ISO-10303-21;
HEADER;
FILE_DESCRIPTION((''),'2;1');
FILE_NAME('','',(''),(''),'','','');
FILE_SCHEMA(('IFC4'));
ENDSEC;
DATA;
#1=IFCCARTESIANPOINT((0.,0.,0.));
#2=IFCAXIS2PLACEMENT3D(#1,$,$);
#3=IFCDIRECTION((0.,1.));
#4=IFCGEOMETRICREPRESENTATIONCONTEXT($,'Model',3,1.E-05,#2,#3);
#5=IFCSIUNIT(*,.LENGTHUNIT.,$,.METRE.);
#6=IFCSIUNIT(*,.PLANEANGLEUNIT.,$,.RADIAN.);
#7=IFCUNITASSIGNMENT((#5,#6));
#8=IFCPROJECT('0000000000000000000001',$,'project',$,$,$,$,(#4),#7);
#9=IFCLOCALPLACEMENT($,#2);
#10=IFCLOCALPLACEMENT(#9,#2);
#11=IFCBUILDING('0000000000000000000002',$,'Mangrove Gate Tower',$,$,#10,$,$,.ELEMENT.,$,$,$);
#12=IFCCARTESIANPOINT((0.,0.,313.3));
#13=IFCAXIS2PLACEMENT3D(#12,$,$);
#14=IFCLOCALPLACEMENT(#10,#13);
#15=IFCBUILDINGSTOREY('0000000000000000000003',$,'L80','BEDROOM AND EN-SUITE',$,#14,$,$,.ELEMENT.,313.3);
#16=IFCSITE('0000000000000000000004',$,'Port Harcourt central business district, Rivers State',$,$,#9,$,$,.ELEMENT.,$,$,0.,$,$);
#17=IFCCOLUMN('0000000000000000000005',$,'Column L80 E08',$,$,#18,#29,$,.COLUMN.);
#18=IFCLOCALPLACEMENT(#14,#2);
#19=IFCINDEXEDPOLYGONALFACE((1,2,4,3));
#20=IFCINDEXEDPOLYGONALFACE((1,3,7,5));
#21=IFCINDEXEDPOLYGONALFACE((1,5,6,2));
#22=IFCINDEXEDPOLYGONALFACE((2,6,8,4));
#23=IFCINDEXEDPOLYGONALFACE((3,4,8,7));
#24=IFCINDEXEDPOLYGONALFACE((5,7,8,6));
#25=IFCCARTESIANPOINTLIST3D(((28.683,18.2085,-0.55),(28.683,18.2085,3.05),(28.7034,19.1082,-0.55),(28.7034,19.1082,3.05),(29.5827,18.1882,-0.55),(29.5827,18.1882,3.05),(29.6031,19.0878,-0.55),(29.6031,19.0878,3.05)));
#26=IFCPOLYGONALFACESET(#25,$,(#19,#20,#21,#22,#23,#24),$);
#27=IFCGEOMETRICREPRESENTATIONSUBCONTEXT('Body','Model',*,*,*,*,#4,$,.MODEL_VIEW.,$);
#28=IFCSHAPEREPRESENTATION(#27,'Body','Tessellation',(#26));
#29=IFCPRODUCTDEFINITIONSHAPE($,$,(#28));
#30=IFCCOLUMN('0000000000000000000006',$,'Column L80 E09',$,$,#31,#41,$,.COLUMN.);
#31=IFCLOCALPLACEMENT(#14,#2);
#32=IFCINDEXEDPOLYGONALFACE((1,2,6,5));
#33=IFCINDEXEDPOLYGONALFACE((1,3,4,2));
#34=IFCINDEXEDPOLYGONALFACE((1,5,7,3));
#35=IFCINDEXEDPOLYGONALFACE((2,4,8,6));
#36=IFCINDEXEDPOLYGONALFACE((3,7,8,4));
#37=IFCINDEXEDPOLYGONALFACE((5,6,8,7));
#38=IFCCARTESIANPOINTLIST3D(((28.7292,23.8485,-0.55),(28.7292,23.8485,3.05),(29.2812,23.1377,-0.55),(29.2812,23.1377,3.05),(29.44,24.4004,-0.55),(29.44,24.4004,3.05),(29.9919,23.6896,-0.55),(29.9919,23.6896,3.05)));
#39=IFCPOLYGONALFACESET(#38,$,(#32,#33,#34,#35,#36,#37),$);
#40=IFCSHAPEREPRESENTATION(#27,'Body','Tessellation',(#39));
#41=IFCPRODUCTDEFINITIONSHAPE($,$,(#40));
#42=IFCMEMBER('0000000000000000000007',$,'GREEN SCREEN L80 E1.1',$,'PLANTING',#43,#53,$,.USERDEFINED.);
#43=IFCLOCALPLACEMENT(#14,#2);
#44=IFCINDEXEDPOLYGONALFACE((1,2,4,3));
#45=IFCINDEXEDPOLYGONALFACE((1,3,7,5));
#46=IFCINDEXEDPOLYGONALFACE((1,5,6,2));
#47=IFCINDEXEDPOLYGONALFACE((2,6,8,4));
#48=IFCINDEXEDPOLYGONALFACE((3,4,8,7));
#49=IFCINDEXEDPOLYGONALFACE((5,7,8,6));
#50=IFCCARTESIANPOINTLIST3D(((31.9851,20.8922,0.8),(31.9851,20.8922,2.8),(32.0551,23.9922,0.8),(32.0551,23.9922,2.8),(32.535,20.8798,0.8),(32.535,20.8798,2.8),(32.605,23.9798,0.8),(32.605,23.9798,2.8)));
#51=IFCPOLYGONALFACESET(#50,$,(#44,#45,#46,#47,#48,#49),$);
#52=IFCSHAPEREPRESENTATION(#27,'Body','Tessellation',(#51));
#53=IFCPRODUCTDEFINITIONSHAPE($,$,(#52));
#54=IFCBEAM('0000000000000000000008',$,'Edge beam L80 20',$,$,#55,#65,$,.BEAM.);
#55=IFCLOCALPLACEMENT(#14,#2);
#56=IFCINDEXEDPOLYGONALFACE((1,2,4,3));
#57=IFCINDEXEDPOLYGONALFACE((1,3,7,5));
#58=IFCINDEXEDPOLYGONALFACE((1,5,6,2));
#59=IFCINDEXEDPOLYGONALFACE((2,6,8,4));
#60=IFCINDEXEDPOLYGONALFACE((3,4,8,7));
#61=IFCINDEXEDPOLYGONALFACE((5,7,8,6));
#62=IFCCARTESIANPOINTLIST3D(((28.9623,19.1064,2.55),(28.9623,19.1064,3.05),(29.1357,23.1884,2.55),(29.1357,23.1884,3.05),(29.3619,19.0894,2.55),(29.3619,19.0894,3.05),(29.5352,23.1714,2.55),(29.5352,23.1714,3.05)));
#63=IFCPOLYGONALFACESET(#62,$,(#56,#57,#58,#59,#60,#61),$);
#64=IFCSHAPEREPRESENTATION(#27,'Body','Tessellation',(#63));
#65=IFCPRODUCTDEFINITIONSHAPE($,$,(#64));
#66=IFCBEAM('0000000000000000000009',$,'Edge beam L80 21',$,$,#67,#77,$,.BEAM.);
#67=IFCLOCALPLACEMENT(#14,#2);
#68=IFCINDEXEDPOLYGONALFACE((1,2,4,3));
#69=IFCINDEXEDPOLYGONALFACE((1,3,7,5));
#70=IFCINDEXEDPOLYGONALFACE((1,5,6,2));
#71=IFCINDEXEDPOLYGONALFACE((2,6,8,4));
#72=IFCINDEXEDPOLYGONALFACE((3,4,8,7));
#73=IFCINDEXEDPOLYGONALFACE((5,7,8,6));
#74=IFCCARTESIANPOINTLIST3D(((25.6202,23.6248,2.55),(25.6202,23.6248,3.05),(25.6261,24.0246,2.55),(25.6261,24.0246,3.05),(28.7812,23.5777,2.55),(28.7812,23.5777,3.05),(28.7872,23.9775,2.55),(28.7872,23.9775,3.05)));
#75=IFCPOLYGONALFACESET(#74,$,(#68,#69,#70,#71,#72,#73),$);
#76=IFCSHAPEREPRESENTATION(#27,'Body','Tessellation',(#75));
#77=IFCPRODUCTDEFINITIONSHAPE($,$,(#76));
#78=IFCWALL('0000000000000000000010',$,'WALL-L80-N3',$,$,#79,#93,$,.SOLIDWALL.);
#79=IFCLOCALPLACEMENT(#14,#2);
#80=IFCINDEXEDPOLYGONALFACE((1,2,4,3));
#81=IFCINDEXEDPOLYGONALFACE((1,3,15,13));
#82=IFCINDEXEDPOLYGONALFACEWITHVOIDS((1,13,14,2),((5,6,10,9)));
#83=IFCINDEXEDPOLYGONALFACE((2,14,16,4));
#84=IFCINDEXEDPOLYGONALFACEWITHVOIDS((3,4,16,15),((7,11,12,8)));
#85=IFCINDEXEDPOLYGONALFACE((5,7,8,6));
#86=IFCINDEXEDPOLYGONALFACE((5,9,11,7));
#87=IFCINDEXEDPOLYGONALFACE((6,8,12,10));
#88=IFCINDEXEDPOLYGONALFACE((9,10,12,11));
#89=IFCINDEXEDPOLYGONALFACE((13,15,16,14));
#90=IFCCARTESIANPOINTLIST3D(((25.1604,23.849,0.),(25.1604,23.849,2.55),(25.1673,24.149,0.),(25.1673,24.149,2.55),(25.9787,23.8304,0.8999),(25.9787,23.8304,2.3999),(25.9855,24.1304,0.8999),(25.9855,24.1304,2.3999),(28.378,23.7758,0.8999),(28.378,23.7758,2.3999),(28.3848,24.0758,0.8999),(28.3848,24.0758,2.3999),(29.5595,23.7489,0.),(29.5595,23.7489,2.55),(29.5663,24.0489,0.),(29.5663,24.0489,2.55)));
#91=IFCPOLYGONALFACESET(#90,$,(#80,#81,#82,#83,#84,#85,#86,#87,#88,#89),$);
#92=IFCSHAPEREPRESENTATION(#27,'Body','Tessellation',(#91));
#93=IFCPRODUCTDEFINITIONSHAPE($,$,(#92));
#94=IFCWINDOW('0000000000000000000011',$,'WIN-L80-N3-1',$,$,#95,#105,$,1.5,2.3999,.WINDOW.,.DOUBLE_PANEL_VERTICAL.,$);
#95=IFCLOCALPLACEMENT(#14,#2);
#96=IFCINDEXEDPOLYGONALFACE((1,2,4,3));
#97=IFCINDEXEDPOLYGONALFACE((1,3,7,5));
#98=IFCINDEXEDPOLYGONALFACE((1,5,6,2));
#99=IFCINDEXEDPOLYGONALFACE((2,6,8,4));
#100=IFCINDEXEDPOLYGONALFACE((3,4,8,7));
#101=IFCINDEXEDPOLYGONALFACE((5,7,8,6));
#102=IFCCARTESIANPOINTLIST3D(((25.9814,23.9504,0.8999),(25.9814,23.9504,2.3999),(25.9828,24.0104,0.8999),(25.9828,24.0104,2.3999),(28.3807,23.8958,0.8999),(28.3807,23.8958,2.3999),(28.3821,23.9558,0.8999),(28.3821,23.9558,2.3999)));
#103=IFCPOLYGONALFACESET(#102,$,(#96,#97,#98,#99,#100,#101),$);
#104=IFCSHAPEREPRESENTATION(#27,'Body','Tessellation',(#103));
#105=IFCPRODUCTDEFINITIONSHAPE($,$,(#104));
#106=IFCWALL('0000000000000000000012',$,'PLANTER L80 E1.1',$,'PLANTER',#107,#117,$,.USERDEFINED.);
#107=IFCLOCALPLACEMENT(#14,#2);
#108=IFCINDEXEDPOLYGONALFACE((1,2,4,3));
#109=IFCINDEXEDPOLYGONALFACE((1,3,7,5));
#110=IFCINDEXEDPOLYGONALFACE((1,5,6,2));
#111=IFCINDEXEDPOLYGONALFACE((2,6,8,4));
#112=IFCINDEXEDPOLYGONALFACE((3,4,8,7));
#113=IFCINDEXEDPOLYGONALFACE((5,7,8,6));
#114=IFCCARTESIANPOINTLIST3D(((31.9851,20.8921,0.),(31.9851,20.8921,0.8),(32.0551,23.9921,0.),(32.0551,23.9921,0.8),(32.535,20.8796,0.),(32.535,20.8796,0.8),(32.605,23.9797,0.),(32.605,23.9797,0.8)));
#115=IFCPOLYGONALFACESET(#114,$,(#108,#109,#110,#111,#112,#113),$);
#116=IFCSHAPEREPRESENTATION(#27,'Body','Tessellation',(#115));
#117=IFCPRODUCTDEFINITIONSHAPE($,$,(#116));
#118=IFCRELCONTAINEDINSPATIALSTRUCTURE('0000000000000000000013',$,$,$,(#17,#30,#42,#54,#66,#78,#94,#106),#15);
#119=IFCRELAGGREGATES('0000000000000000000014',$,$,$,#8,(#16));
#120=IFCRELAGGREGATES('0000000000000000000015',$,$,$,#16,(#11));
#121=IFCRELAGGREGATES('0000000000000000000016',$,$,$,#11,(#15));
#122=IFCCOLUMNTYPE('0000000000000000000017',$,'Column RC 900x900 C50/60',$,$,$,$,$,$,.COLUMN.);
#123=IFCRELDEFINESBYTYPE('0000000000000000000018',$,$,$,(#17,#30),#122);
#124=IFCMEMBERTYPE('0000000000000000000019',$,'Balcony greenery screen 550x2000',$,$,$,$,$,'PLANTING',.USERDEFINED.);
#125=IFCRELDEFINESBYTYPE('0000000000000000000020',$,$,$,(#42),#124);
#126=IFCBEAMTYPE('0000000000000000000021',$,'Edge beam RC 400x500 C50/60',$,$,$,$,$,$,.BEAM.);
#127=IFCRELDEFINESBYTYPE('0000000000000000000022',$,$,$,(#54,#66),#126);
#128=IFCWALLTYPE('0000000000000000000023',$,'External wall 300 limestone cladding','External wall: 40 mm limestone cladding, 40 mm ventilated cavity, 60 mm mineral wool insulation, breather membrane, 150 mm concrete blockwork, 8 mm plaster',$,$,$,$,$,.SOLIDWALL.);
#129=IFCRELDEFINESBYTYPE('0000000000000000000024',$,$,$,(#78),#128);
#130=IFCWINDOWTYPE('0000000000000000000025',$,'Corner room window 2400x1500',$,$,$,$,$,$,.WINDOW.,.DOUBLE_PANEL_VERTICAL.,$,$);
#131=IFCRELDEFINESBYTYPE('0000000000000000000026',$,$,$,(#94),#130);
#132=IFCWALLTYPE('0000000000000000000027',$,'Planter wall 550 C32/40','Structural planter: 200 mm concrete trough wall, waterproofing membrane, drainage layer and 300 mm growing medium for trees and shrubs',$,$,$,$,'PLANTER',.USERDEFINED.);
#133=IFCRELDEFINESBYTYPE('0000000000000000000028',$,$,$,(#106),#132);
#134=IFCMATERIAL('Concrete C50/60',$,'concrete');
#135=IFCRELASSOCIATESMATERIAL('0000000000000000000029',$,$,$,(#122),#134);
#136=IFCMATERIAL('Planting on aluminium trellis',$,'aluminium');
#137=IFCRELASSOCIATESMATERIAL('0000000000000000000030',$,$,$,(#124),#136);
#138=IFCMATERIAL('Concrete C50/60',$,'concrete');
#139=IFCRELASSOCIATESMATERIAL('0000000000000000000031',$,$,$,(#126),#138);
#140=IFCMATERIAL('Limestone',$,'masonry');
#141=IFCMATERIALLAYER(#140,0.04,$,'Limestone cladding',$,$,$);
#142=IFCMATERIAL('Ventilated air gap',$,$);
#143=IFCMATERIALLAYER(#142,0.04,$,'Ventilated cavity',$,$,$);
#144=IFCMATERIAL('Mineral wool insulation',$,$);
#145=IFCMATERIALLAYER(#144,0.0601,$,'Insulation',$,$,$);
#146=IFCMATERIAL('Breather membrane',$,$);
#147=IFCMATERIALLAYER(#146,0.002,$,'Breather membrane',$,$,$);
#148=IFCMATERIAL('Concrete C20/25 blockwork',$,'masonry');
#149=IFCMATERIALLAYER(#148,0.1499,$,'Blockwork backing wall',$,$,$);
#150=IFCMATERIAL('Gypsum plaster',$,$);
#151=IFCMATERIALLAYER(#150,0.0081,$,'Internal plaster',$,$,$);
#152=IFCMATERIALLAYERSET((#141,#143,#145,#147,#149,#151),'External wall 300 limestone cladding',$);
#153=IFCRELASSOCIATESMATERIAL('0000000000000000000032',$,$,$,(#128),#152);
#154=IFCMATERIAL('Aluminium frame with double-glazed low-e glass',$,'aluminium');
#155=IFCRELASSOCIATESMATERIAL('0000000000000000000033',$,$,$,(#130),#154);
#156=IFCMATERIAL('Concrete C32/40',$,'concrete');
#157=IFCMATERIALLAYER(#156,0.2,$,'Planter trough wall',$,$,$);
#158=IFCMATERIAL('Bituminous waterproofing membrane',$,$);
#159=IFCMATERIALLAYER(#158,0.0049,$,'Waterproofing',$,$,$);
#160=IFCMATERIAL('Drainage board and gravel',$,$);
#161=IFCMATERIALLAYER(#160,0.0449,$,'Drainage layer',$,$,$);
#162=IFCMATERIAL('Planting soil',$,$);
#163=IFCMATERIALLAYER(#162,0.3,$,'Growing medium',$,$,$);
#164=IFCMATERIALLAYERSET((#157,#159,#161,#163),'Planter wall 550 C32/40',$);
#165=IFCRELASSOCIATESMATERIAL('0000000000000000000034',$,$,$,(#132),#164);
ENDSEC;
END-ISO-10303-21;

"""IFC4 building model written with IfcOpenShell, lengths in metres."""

from ifc_helpers import new_model, si_unit, direction, frame, frame_2d, origin, origin_2d, place, context, subcontext, project, spatial, rectangle, extrude, material, layer, layer_set, material_profile, profile_set, type_object, element, fill, save


model = new_model("IFC4")

# Units and contexts
model_context = context("Model", 3, precision=1e-05, world=origin(), true_north=direction((0.0, 1.0)))
body_context = subcontext(model_context, "Body", "Model", "MODEL_VIEW")
ifc_project = project(units=[si_unit("LENGTHUNIT", "METRE"), si_unit("PLANEANGLEUNIT", "RADIAN")], contexts=[model_context])

# Site, building, storey
site_placement = place(None, origin())
site = spatial("IfcSite", under=ifc_project, at=site_placement, Name="Port Harcourt central business district, Rivers State", CompositionType="ELEMENT", RefElevation=0.0)
building_placement = place(site_placement, origin())
building = spatial("IfcBuilding", under=site, at=building_placement, Name="Mangrove Gate Tower", CompositionType="ELEMENT")
storey_placement = place(building_placement, frame((0.0, 0.0, 313.3)))
storey = spatial("IfcBuildingStorey", under=building, at=storey_placement, Name="L80", Description="BEDROOM AND EN-SUITE", CompositionType="ELEMENT", Elevation=313.3)

# Columns
ifc_material_1 = material(Name="Concrete C50/60", Category="concrete")
ifc_material_profile_1 = material_profile(ifc_material_1, rectangle(XDim=0.8999, YDim=0.8999, at=origin_2d()))
ifc_profile_set_1 = profile_set([ifc_material_profile_1], Name="Concrete C50/60")
column_type = type_object("IfcColumnType", Name="Column RC 900x900 C50/60", PredefinedType="COLUMN", material=ifc_profile_set_1)
for number, where, z_axis, x_axis, name in (
    (1, (29.1431, 18.6482, -0.55), (0.0, 0.0, 1.0), (0.022652, 0.999743, 0.0), "Column L80 E08"),
    (2, (29.3606, 23.769, -0.55), (0.0, 0.0, 1.0), (-0.613295, 0.789854, 0.0), "Column L80 E09"),
):
    element("IfcColumn", number, at=place(storey_placement, frame(where, z_axis=z_axis, x_axis=x_axis)), inside=storey, type_object=column_type, Name=name, PredefinedType="COLUMN", context=body_context, shape_type="SweptSolid", body=[
        extrude(rectangle(XDim=0.8999, YDim=0.8999, at=origin_2d()), origin(), (0.0, 0.0, 1.0), 3.6001),
    ])

# Member
ifc_material_2 = material(Name="Planting on aluminium trellis", Category="aluminium")
ifc_material_profile_2 = material_profile(ifc_material_2, rectangle(XDim=0.55, YDim=2.0, at=origin_2d()))
ifc_profile_set_2 = profile_set([ifc_material_profile_2], Name="Planting on aluminium trellis")
member_type = type_object("IfcMemberType", Name="Balcony greenery screen 550x2000", ElementType="PLANTING", PredefinedType="USERDEFINED", material=ifc_profile_set_2)
member_placement = place(storey_placement, frame((32.26, 20.886, 1.8), z_axis=(0.022596, 0.999745, 0.0), x_axis=(-0.999745, 0.022596, 0.0)))
element("IfcMember", 3, at=member_placement, inside=storey, type_object=member_type, Name="GREEN SCREEN L80 E1.1", ObjectType="PLANTING", PredefinedType="USERDEFINED", context=body_context, shape_type="SweptSolid", body=[
    extrude(rectangle(XDim=0.55, YDim=2.0, at=origin_2d()), origin(), (0.0, 0.0, 1.0), 3.1008),
])

# Beams
ifc_material_3 = material(Name="Concrete C50/60", Category="concrete")
ifc_material_profile_3 = material_profile(ifc_material_3, rectangle(XDim=0.3999, YDim=0.5, at=origin_2d()))
ifc_profile_set_3 = profile_set([ifc_material_profile_3], Name="Concrete C50/60")
beam_type = type_object("IfcBeamType", Name="Edge beam RC 400x500 C50/60", PredefinedType="BEAM", material=ifc_profile_set_3)
beam_1_placement = place(storey_placement, frame((29.1621, 19.0979, 2.8), z_axis=(0.042426, 0.9991, 0.0), x_axis=(-0.9991, 0.042426, 0.0)))
element("IfcBeam", 4, at=beam_1_placement, inside=storey, type_object=beam_type, Name="Edge beam L80 20", PredefinedType="BEAM", context=body_context, shape_type="SweptSolid", body=[
    extrude(rectangle(XDim=0.3999, YDim=0.5, at=origin_2d()), origin(), (0.0, 0.0, 1.0), 4.0857),
])
beam_2_placement = place(storey_placement, frame((28.7842, 23.7776, 2.8), z_axis=(-0.999889, 0.014904, 0.0), x_axis=(-0.014904, -0.999889, 0.0)))
element("IfcBeam", 5, at=beam_2_placement, inside=storey, type_object=beam_type, Name="Edge beam L80 21", PredefinedType="BEAM", context=body_context, shape_type="SweptSolid", body=[
    extrude(rectangle(XDim=0.3999, YDim=0.5, at=origin_2d()), origin(), (0.0, 0.0, 1.0), 3.1614),
])

# Wall, opening, window
ifc_material_4 = material(Name="Limestone", Category="masonry")
ifc_layer_1 = layer(ifc_material_4, 0.04, Name="Limestone cladding")
ifc_material_5 = material(Name="Ventilated air gap")
ifc_layer_2 = layer(ifc_material_5, 0.04, Name="Ventilated cavity")
ifc_material_6 = material(Name="Mineral wool insulation")
ifc_layer_3 = layer(ifc_material_6, 0.0601, Name="Insulation")
ifc_material_7 = material(Name="Breather membrane")
ifc_layer_4 = layer(ifc_material_7, 0.002, Name="Breather membrane")
ifc_material_8 = material(Name="Concrete C20/25 blockwork", Category="masonry")
ifc_layer_5 = layer(ifc_material_8, 0.1499, Name="Blockwork backing wall")
ifc_material_9 = material(Name="Gypsum plaster")
ifc_layer_6 = layer(ifc_material_9, 0.0081, Name="Internal plaster")
ifc_layer_set_1 = layer_set([ifc_layer_1, ifc_layer_2, ifc_layer_3, ifc_layer_4, ifc_layer_5, ifc_layer_6], Name="External wall 300 limestone cladding")
wall_type_1 = type_object("IfcWallType", Name="External wall 300 limestone cladding", Description="External wall: 40 mm limestone cladding, 40 mm ventilated cavity, 60 mm mineral wool insulation, breather membrane, 150 mm concrete blockwork, 8 mm plaster", PredefinedType="SOLIDWALL", material=ifc_layer_set_1)
wall_1_placement = place(storey_placement, frame((29.563, 23.8989, 0.0), z_axis=(0.0, 0.0, 1.0), x_axis=(-0.999741, 0.022749, 0.0)))
wall_1 = element("IfcWall", 6, at=wall_1_placement, inside=storey, type_object=wall_type_1, Name="WALL-L80-N3", PredefinedType="SOLIDWALL", context=body_context, shape_type="SweptSolid", body=[
    extrude(rectangle(XDim=4.4001, YDim=0.3, at=frame_2d((2.2002, 0.0))), origin(), (0.0, 0.0, 1.0), 2.55),
])
opening_1_placement = place(wall_1_placement, frame((1.1819, 0.0, 0.8999)))
opening_1 = element("IfcOpeningElement", 7, at=opening_1_placement, cuts=wall_1, PredefinedType="OPENING", context=body_context, shape_type="SweptSolid", body=[
    extrude(rectangle(XDim=2.3999, YDim=1.5, at=frame_2d((1.2, 0.75))), frame((0.0, 0.1599, 0.0), z_axis=(0.0, -1.0, 0.0), x_axis=(1.0, 0.0, 0.0)), (0.0, 0.0, 1.0), 0.3201),
])
ifc_material_10 = material(Name="Aluminium frame with double-glazed low-e glass", Category="aluminium")
window_type = type_object("IfcWindowType", Name="Corner room window 2400x1500", PartitioningType="DOUBLE_PANEL_VERTICAL", PredefinedType="WINDOW", material=ifc_material_10)
window_1_placement = place(opening_1_placement, origin())
window_1 = element("IfcWindow", 8, at=window_1_placement, inside=storey, type_object=window_type, Name="WIN-L80-N3-1", OverallHeight=1.5, OverallWidth=2.3999, PartitioningType="DOUBLE_PANEL_VERTICAL", PredefinedType="WINDOW", context=body_context, shape_type="SweptSolid", body=[
    extrude(rectangle(XDim=2.3999, YDim=1.5, at=frame_2d((1.2, 0.75))), frame((0.0, 0.03, 0.0), z_axis=(0.0, -1.0, 0.0), x_axis=(1.0, 0.0, 0.0)), (0.0, 0.0, 1.0), 0.0601),
])
fill(opening_1, window_1)

# Wall
ifc_material_11 = material(Name="Concrete C32/40", Category="concrete")
ifc_layer_7 = layer(ifc_material_11, 0.2, Name="Planter trough wall")
ifc_material_12 = material(Name="Bituminous waterproofing membrane")
ifc_layer_8 = layer(ifc_material_12, 0.0049, Name="Waterproofing")
ifc_material_13 = material(Name="Drainage board and gravel")
ifc_layer_9 = layer(ifc_material_13, 0.0449, Name="Drainage layer")
ifc_material_14 = material(Name="Planting soil")
ifc_layer_10 = layer(ifc_material_14, 0.3, Name="Growing medium")
ifc_layer_set_2 = layer_set([ifc_layer_7, ifc_layer_8, ifc_layer_9, ifc_layer_10], Name="Planter wall 550 C32/40")
wall_type_2 = type_object("IfcWallType", Name="Planter wall 550 C32/40", Description="Structural planter: 200 mm concrete trough wall, waterproofing membrane, drainage layer and 300 mm growing medium for trees and shrubs", ElementType="PLANTER", PredefinedType="USERDEFINED", material=ifc_layer_set_2)
wall_2_placement = place(storey_placement, frame((32.26, 20.886, 0.0), z_axis=(0.0, 0.0, 1.0), x_axis=(0.022596, 0.999745, 0.0)))
element("IfcWall", 9, at=wall_2_placement, inside=storey, type_object=wall_type_2, Name="PLANTER L80 E1.1", ObjectType="PLANTER", PredefinedType="USERDEFINED", context=body_context, shape_type="SweptSolid", body=[
    extrude(rectangle(XDim=3.1008, YDim=0.55, at=frame_2d((1.5503, 0.0))), origin(), (0.0, 0.0, 1.0), 0.8),
])

save(model, "model.ifc")
